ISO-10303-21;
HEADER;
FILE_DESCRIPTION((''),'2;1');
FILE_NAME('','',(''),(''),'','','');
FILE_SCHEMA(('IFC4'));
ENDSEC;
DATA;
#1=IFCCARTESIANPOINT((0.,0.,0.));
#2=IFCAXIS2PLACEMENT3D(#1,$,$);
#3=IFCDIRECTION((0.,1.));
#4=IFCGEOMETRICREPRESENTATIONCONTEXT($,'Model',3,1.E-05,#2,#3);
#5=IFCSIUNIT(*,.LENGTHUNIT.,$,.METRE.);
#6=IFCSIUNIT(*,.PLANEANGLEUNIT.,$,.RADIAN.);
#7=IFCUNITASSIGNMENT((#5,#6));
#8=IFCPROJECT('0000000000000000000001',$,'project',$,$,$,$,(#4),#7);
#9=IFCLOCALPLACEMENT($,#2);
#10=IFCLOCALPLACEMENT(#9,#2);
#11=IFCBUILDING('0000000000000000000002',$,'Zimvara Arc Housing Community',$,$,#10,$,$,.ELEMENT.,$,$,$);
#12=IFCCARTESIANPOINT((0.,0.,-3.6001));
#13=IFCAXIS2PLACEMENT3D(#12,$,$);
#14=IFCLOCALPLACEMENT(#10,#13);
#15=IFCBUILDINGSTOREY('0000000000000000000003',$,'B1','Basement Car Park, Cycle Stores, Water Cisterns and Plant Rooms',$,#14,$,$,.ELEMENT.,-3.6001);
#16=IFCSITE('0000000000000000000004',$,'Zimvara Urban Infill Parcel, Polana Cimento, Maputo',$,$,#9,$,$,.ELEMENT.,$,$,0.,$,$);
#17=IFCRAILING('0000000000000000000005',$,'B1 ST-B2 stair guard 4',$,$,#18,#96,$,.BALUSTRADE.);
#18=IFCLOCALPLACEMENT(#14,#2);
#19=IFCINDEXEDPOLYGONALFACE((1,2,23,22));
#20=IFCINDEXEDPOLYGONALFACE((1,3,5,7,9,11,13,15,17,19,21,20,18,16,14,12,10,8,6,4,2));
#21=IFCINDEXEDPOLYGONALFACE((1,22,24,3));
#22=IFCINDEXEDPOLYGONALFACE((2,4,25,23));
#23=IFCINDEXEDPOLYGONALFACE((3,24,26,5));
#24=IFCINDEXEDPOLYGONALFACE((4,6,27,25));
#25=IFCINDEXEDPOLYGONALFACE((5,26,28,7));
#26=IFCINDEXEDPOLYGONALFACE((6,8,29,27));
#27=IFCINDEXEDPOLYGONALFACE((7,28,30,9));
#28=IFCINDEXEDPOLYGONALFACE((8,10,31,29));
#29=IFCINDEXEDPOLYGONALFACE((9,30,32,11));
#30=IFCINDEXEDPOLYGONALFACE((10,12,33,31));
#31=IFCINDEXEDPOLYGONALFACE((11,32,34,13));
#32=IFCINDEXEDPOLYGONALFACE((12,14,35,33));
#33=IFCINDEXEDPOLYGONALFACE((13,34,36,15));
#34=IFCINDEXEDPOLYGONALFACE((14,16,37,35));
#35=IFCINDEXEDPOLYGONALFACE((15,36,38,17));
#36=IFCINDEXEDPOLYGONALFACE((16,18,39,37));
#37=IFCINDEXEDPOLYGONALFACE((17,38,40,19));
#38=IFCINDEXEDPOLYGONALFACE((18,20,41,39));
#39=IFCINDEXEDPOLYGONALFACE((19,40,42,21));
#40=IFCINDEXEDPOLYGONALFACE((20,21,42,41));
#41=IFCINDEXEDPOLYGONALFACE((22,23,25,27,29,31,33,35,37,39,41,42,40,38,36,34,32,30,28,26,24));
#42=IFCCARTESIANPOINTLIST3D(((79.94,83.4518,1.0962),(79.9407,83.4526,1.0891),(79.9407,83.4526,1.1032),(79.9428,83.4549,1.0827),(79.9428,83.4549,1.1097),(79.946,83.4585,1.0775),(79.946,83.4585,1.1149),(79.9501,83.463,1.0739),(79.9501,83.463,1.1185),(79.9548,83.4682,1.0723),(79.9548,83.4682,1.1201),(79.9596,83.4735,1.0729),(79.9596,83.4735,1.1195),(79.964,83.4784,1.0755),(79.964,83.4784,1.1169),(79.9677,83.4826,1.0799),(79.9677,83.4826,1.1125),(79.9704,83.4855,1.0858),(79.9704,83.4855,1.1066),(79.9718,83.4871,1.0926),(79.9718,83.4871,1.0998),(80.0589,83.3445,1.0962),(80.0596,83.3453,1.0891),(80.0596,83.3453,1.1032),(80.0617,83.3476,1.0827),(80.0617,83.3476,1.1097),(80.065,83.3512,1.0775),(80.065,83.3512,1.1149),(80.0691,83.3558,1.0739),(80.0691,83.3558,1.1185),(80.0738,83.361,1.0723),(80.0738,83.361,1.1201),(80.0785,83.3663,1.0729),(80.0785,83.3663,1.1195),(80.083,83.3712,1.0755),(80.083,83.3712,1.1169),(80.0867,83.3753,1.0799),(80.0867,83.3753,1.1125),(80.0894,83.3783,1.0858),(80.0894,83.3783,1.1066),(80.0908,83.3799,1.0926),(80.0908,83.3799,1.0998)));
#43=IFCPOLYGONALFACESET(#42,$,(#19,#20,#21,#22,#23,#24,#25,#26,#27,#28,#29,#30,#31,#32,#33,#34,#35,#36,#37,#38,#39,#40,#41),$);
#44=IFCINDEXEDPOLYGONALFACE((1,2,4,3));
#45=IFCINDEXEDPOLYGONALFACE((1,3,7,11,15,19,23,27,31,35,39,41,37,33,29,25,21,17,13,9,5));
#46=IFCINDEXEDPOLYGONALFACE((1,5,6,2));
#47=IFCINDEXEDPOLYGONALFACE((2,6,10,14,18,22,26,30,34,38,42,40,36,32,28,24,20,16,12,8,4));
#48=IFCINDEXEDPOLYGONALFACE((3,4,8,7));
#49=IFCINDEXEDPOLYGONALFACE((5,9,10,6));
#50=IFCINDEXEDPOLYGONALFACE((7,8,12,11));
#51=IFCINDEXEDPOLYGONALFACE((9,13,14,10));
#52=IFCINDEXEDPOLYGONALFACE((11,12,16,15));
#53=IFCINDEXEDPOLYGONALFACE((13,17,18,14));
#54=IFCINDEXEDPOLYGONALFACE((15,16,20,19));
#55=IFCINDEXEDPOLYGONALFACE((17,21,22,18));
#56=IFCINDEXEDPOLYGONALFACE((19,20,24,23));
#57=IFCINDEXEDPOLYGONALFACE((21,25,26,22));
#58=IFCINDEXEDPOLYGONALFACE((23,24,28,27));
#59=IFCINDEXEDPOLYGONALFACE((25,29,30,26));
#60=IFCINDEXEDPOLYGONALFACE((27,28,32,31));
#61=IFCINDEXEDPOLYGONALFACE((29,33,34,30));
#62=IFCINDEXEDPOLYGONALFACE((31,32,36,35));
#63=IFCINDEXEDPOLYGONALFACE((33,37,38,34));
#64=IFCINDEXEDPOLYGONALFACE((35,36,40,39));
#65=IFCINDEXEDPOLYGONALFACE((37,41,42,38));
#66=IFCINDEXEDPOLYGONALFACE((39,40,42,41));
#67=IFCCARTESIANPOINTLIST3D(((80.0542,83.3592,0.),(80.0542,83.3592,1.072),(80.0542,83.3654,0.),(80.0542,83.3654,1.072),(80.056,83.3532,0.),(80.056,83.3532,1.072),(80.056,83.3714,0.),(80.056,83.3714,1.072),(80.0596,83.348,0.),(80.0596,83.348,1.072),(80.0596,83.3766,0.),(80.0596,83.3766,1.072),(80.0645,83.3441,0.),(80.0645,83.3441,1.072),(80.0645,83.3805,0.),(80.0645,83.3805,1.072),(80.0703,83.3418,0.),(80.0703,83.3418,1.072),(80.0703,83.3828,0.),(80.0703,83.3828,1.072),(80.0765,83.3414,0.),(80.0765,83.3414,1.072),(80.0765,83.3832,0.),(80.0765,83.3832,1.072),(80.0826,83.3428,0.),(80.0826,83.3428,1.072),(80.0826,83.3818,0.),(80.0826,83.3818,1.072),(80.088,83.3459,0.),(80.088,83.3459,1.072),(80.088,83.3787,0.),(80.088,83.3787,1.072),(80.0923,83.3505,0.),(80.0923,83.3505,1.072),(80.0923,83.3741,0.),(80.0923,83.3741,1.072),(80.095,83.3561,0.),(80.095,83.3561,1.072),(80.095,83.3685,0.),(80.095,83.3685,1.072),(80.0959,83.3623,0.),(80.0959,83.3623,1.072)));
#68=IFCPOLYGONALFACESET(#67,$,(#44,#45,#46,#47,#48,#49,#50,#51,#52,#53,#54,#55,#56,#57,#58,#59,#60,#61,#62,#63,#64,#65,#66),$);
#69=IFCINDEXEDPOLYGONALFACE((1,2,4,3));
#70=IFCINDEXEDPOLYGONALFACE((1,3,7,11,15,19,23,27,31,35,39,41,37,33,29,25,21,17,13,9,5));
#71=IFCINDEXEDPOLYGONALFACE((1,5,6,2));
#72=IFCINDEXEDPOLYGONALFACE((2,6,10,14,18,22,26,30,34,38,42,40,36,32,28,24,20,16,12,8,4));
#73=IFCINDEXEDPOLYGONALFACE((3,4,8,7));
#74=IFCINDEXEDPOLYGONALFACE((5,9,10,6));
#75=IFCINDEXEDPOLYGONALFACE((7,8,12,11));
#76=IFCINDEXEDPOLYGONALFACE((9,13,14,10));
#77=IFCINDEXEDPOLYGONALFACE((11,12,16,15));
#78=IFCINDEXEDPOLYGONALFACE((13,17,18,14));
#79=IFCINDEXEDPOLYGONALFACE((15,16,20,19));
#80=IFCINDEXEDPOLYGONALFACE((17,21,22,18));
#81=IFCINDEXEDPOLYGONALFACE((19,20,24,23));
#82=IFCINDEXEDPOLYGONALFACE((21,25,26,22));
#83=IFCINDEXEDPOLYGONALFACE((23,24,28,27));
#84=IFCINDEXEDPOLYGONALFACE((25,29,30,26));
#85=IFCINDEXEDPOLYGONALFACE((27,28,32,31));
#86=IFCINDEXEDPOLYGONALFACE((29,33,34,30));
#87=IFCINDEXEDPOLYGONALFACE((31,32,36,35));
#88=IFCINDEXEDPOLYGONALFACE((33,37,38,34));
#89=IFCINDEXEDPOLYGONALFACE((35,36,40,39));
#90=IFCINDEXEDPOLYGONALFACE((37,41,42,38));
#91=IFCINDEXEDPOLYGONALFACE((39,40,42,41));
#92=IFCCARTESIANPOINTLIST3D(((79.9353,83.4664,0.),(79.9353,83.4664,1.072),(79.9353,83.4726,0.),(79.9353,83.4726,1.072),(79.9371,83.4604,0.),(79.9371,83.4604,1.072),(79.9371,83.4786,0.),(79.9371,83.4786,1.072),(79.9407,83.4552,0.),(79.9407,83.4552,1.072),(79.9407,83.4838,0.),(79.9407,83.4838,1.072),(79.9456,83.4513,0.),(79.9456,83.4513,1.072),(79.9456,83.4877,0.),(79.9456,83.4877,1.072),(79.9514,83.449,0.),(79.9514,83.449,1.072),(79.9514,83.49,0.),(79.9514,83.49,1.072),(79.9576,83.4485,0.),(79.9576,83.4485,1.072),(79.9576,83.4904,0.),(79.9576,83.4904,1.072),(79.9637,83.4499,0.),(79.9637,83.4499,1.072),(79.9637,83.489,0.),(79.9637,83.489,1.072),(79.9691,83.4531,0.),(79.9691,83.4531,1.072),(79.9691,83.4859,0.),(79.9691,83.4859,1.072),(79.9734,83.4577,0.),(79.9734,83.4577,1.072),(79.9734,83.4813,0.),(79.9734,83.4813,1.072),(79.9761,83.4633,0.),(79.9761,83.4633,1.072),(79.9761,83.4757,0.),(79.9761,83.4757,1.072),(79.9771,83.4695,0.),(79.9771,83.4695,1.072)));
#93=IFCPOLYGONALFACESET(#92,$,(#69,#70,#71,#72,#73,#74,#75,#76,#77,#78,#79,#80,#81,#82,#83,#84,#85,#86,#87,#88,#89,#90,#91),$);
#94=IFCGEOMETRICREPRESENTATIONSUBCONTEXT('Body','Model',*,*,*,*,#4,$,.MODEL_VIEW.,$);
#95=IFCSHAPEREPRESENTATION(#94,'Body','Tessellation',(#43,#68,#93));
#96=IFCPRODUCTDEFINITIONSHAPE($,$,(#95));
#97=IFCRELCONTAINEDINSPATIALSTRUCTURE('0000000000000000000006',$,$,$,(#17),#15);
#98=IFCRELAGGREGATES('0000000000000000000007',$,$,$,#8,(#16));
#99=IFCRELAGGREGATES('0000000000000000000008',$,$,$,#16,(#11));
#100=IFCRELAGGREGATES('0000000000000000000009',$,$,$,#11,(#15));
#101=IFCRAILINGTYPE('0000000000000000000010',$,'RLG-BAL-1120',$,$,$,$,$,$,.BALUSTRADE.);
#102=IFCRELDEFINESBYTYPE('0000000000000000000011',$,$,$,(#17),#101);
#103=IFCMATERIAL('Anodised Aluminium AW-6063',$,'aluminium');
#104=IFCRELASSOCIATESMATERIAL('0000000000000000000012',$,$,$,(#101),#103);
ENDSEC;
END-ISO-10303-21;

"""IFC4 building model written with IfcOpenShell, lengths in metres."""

from ifc_helpers import new_model, si_unit, direction, frame, origin, origin_2d, place, context, subcontext, project, spatial, circle, extrude, material, type_object, element, save


model = new_model("IFC4")

# Units and contexts
model_context = context("Model", 3, precision=1e-05, world=origin(), true_north=direction((0.0, 1.0)))
body_context = subcontext(model_context, "Body", "Model", "MODEL_VIEW")
ifc_project = project(units=[si_unit("LENGTHUNIT", "METRE"), si_unit("PLANEANGLEUNIT", "RADIAN")], contexts=[model_context])

# Site, building, storey
site_placement = place(None, origin())
site = spatial("IfcSite", under=ifc_project, at=site_placement, Name="Zimvara Urban Infill Parcel, Polana Cimento, Maputo", CompositionType="ELEMENT", RefElevation=0.0)
building_placement = place(site_placement, origin())
building = spatial("IfcBuilding", under=site, at=building_placement, Name="Zimvara Arc Housing Community", CompositionType="ELEMENT")
storey_placement = place(building_placement, frame((0.0, 0.0, -3.6001)))
storey = spatial("IfcBuildingStorey", under=building, at=storey_placement, Name="B1", Description="Basement Car Park, Cycle Stores, Water Cisterns and Plant Rooms", CompositionType="ELEMENT", Elevation=-3.6001)

# Railing
ifc_material_1 = material(Name="Anodised Aluminium AW-6063", Category="aluminium")
railing_type_1 = type_object("IfcRailingType", Name="RLG-BAL-1120", PredefinedType="BALUSTRADE", material=ifc_material_1)
railing_1_placement = place(storey_placement, frame((80.075, 83.3623, 0.0)))
element("IfcRailing", 1, at=railing_1_placement, inside=storey, type_object=railing_type_1, Name="B1 ST-B2 stair guard 4", PredefinedType="BALUSTRADE", context=body_context, shape_type="SweptSolid", body=[
    extrude(circle(Radius=0.0239, at=origin_2d()), frame((0.0, 0.0, 1.0962), z_axis=(-0.742763, 0.669554, 0.0), x_axis=(-0.669554, -0.742763, 0.0)), (0.0, 0.0, 1.0), 0.1602),
    extrude(circle(Radius=0.021, at=origin_2d()), origin(), (0.0, 0.0, 1.0), 1.072),
    extrude(circle(Radius=0.021, at=origin_2d()), frame((-0.1189, 0.1072, 0.0)), (0.0, 0.0, 1.0), 1.072),
])

save(model, "model.ifc")
